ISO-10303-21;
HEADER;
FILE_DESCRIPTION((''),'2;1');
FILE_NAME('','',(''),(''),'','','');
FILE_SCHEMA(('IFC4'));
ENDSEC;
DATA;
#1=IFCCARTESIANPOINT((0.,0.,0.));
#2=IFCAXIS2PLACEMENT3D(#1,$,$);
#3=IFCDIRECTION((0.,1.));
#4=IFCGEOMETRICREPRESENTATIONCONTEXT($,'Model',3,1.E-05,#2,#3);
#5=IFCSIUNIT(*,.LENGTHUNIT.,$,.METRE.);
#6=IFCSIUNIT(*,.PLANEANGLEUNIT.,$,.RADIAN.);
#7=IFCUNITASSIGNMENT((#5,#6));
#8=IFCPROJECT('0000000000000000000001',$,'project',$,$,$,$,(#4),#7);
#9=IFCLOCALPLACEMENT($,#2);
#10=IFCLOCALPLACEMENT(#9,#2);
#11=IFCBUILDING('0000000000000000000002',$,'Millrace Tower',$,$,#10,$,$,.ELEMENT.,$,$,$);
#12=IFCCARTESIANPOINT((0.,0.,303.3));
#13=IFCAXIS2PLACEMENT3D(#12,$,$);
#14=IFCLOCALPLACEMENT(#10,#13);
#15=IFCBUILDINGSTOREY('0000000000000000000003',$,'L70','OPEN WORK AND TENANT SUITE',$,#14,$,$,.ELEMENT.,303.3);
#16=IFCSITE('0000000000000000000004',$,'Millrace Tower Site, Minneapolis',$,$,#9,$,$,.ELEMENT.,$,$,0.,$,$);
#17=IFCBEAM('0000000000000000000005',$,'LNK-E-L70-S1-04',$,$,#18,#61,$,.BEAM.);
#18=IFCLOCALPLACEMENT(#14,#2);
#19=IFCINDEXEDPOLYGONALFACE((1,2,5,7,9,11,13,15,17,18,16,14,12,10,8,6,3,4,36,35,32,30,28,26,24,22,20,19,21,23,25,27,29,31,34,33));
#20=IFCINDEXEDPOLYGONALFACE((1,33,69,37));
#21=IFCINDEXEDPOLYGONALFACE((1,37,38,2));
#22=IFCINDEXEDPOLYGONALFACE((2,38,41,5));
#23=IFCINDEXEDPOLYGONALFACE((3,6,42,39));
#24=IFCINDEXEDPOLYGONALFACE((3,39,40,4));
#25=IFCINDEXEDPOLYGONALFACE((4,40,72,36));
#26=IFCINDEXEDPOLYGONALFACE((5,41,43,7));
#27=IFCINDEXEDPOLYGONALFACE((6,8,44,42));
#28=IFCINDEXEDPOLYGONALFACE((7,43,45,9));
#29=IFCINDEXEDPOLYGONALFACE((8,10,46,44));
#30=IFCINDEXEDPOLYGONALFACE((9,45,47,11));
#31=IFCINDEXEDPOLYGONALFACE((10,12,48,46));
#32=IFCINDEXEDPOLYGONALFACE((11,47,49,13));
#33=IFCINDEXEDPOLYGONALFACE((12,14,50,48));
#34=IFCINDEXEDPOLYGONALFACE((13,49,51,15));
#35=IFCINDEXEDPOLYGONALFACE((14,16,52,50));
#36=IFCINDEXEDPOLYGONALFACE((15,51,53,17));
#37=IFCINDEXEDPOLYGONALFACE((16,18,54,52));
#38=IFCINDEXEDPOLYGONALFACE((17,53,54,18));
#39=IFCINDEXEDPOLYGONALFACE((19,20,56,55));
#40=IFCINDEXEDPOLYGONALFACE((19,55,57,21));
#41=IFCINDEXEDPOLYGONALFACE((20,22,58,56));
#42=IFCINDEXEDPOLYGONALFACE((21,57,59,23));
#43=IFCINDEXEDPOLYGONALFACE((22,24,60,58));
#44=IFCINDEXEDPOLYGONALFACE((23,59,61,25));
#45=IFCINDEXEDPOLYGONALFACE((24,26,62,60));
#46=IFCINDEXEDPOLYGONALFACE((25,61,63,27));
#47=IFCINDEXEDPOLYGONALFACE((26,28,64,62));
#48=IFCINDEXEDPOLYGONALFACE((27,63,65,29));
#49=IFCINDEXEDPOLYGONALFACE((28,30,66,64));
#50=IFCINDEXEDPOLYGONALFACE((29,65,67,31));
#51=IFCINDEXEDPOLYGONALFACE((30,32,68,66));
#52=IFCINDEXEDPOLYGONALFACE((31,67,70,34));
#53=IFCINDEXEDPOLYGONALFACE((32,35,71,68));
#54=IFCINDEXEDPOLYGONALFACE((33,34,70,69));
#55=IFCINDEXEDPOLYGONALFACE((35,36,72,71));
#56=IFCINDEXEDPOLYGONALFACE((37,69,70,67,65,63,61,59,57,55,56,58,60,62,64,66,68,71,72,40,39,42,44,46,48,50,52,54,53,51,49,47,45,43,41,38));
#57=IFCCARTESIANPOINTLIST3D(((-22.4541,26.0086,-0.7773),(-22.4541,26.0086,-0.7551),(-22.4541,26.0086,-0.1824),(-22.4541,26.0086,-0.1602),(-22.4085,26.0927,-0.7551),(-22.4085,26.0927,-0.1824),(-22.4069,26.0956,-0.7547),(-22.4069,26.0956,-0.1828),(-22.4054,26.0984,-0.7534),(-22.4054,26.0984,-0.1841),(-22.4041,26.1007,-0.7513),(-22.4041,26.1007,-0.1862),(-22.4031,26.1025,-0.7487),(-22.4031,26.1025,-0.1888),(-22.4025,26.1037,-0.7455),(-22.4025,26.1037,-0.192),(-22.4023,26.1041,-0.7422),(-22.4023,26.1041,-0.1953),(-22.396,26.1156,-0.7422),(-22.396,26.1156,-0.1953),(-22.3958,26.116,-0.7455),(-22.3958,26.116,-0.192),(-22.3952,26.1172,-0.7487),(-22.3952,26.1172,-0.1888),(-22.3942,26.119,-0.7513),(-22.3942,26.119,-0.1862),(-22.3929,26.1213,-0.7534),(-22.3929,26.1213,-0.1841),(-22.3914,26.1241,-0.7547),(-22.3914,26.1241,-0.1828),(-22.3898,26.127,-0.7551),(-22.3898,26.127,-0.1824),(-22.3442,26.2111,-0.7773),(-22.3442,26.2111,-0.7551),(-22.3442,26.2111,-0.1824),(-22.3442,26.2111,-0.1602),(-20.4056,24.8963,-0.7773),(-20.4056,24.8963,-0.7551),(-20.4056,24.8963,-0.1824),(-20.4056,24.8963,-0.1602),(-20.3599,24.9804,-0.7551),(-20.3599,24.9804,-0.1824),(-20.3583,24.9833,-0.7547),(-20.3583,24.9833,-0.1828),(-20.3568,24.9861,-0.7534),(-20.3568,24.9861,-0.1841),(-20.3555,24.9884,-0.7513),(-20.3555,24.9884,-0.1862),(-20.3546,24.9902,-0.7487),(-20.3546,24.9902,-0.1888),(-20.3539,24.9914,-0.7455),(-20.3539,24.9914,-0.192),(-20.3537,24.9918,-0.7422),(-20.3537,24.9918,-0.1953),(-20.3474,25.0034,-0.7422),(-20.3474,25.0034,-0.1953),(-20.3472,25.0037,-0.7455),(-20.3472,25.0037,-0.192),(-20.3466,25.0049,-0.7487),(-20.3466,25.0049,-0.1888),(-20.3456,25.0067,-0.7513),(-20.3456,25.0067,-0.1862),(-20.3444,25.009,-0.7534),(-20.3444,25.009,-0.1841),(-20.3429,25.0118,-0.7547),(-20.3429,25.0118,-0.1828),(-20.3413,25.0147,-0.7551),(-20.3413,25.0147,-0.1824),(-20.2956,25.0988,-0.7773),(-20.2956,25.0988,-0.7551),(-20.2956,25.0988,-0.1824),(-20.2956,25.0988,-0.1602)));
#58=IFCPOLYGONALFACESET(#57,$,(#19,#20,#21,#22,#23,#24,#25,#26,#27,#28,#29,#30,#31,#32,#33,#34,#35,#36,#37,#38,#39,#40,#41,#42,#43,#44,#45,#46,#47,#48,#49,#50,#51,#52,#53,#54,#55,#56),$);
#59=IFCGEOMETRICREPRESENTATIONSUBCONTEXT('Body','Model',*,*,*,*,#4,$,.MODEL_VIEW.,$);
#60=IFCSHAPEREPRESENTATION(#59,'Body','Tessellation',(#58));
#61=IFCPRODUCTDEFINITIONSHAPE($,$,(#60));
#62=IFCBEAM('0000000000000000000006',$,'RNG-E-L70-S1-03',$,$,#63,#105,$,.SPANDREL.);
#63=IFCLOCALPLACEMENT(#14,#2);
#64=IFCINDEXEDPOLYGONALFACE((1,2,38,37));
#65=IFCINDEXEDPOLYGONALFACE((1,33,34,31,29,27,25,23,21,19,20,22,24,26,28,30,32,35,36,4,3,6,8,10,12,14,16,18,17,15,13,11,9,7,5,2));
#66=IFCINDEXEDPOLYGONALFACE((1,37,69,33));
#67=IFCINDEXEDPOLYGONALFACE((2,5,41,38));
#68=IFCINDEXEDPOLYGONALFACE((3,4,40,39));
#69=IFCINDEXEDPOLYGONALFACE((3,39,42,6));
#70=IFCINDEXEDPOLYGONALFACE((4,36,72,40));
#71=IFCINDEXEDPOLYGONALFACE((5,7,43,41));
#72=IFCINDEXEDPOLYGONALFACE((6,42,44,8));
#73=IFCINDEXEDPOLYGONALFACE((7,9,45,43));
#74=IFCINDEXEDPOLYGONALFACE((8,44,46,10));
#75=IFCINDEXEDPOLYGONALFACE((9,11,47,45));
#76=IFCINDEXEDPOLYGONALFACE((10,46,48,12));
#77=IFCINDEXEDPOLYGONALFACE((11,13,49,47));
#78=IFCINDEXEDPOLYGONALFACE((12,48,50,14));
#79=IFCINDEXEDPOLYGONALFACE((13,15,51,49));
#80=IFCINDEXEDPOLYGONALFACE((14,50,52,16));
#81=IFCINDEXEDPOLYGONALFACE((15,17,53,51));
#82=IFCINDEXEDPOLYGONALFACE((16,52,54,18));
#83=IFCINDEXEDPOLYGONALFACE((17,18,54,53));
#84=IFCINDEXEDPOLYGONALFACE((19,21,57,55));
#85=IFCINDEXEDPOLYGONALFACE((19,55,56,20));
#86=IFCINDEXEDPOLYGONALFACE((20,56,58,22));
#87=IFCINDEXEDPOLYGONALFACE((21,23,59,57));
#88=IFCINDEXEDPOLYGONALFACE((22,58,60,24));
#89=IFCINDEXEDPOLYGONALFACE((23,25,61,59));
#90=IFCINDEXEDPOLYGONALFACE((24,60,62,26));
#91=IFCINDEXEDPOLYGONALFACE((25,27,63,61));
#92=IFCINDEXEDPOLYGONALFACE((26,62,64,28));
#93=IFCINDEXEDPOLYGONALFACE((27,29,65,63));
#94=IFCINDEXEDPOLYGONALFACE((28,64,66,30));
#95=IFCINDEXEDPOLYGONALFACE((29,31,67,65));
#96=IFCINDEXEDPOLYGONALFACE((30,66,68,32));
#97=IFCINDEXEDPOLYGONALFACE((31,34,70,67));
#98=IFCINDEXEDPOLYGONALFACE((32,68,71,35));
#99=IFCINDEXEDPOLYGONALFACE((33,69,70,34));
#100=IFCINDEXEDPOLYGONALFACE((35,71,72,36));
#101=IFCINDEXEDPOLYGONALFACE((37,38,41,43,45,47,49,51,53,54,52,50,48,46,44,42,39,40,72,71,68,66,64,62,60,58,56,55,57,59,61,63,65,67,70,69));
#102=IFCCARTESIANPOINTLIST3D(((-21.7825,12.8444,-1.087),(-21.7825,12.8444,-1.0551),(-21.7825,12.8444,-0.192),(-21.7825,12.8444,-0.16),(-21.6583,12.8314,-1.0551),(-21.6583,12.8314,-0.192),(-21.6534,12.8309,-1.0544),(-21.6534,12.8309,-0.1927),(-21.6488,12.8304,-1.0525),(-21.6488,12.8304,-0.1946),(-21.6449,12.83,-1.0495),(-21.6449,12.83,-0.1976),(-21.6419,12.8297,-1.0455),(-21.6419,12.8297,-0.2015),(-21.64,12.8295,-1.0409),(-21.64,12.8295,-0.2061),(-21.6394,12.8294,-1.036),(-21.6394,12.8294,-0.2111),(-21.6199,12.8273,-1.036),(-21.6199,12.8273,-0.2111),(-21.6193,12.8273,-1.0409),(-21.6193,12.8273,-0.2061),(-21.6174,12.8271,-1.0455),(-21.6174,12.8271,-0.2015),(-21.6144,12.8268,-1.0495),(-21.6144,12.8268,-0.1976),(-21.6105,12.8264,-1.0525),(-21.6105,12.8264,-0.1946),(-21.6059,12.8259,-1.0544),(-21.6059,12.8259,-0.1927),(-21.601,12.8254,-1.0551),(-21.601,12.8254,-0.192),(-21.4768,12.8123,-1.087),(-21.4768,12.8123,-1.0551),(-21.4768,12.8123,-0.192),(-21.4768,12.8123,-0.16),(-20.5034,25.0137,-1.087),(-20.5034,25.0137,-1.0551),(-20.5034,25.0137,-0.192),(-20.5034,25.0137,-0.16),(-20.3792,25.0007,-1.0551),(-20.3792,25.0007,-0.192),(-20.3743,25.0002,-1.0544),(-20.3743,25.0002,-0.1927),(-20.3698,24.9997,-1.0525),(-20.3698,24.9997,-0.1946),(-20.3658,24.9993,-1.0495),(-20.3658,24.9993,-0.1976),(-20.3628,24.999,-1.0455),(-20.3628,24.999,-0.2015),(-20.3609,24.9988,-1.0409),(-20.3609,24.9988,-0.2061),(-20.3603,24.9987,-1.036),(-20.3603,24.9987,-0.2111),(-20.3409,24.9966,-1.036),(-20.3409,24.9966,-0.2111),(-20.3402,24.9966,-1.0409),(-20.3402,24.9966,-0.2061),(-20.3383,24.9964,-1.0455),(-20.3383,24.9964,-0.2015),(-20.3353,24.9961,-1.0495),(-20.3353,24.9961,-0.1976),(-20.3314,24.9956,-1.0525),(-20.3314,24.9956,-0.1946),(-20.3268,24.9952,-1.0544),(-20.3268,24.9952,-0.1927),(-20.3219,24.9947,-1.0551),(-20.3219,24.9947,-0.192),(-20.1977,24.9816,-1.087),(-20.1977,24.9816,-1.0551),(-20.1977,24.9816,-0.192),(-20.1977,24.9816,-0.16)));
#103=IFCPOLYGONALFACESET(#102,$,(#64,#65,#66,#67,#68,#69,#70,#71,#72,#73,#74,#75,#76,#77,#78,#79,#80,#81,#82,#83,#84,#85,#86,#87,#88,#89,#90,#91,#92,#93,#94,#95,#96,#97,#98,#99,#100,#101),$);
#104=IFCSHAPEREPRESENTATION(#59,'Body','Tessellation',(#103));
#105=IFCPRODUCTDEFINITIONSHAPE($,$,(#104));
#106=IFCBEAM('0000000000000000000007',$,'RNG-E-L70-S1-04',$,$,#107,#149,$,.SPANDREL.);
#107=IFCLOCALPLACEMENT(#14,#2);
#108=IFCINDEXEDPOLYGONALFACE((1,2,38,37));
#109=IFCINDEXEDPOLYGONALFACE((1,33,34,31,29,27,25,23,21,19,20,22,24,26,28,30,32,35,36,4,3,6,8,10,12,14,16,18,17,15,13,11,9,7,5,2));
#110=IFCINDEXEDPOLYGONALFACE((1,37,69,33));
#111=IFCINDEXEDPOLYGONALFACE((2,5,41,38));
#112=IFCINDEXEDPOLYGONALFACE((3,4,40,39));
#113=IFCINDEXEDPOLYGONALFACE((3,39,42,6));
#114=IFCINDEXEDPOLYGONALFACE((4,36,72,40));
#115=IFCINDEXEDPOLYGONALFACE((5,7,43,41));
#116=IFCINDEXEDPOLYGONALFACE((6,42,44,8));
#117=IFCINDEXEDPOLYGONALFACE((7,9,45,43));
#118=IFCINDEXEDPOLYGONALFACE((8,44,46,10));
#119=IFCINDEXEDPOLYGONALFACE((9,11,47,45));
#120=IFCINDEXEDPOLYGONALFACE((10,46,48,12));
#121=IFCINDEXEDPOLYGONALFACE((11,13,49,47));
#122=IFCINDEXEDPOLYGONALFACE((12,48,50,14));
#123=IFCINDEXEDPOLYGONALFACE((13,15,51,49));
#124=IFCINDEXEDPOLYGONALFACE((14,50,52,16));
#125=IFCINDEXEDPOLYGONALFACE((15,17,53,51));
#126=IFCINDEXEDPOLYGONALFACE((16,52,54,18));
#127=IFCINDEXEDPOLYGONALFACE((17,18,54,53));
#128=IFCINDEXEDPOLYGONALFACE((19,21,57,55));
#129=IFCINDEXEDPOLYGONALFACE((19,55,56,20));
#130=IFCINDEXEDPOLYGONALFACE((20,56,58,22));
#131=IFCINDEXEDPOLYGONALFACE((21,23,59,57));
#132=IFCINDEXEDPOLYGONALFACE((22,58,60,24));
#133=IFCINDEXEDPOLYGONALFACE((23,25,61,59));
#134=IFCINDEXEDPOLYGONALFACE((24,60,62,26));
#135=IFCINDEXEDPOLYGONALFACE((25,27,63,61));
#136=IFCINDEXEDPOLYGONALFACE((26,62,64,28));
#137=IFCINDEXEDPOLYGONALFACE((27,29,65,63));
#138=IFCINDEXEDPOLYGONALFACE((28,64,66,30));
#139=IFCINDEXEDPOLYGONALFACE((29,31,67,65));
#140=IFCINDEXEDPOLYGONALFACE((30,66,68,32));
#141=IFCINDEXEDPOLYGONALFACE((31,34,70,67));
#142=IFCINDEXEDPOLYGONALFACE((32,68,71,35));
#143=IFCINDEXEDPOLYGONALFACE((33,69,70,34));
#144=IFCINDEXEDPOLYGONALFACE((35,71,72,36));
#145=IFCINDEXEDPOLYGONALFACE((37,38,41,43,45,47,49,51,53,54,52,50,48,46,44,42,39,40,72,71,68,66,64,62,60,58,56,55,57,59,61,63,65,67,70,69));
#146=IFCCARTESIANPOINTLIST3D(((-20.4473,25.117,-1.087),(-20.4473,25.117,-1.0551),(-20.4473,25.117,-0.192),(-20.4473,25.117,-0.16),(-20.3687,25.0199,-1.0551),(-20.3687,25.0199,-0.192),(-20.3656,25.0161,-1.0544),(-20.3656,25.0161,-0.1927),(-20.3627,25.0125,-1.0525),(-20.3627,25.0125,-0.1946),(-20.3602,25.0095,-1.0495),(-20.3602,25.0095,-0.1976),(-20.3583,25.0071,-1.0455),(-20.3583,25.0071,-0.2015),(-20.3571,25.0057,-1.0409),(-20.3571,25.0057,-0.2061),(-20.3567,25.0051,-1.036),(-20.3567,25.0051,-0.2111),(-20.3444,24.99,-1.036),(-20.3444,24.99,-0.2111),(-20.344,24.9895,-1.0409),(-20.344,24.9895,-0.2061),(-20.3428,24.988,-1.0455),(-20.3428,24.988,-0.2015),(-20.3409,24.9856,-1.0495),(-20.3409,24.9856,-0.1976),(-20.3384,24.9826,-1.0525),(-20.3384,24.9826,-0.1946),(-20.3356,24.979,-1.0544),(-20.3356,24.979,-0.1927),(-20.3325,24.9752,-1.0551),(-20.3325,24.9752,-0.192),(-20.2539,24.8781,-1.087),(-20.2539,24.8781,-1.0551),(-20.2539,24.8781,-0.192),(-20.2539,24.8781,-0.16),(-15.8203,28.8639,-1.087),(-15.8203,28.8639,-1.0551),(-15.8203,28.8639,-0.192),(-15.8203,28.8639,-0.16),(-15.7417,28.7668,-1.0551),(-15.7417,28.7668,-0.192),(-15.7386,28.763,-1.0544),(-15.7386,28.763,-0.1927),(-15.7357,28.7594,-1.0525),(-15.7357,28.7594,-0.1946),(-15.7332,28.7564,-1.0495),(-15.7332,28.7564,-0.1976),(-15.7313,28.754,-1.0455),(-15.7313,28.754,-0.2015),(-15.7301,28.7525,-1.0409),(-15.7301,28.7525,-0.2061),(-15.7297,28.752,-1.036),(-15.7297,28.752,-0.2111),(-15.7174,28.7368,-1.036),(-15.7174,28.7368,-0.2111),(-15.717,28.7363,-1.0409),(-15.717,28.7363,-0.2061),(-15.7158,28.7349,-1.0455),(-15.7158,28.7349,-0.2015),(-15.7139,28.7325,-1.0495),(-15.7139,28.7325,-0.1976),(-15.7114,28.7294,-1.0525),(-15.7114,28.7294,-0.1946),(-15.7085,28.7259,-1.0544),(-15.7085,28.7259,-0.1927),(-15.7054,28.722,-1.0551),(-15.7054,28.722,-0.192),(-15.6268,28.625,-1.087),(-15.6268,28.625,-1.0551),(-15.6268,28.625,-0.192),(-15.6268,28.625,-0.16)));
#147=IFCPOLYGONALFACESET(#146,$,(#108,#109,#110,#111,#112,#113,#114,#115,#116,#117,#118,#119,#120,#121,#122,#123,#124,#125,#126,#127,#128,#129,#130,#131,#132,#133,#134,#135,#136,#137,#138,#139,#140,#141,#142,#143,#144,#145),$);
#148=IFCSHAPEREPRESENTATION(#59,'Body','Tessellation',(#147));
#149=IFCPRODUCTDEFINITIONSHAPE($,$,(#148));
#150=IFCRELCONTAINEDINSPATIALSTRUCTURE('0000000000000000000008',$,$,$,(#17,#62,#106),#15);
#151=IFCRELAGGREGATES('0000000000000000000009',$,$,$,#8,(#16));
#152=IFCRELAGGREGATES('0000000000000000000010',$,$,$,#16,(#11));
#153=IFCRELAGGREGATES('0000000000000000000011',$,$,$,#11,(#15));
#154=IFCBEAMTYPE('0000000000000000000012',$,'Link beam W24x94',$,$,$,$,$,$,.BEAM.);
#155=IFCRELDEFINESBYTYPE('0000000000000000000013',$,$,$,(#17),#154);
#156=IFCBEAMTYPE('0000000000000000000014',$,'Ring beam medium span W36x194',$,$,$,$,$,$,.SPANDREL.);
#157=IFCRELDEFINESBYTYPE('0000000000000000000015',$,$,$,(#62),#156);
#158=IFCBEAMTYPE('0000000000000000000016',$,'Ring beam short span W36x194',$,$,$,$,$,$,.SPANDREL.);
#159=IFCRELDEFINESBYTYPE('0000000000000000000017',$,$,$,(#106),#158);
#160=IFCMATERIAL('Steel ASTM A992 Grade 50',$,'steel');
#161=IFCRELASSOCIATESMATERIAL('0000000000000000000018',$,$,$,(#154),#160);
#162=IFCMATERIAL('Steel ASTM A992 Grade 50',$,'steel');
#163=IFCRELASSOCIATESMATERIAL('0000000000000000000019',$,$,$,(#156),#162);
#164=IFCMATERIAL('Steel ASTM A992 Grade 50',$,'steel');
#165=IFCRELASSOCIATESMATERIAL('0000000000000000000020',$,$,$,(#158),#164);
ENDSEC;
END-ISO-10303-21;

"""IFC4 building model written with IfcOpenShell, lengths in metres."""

from ifc_helpers import new_model, si_unit, direction, frame, origin, origin_2d, place, context, subcontext, project, spatial, i_section, extrude, material, material_profile, profile_set, type_object, element, save


model = new_model("IFC4")

# Units and contexts
model_context = context("Model", 3, precision=1e-05, world=origin(), true_north=direction((0.0, 1.0)))
body_context = subcontext(model_context, "Body", "Model", "MODEL_VIEW")
ifc_project = project(units=[si_unit("LENGTHUNIT", "METRE"), si_unit("PLANEANGLEUNIT", "RADIAN")], contexts=[model_context])

# Site, building, storey
site_placement = place(None, origin())
site = spatial("IfcSite", under=ifc_project, at=site_placement, Name="Millrace Tower Site, Minneapolis", CompositionType="ELEMENT", RefElevation=0.0)
building_placement = place(site_placement, origin())
building = spatial("IfcBuilding", under=site, at=building_placement, Name="Millrace Tower", CompositionType="ELEMENT")
storey_placement = place(building_placement, frame((0.0, 0.0, 303.3)))
storey = spatial("IfcBuildingStorey", under=building, at=storey_placement, Name="L70", Description="OPEN WORK AND TENANT SUITE", CompositionType="ELEMENT", Elevation=303.3)

# Beams
ifc_material_1 = material(Name="Steel ASTM A992 Grade 50", Category="steel")
ifc_material_profile_1 = material_profile(ifc_material_1, i_section(OverallWidth=0.2305, OverallDepth=0.6172, WebThickness=0.0132, FlangeThickness=0.0222, FilletRadius=0.0129, at=origin_2d()))
ifc_profile_set_1 = profile_set([ifc_material_profile_1], Name="Steel ASTM A992 Grade 50")
beam_type_1 = type_object("IfcBeamType", Name="Link beam W24x94", PredefinedType="BEAM", material=ifc_profile_set_1)
beam_1_placement = place(storey_placement, frame((-20.3506, 24.9976, -0.4688), z_axis=(-0.878815, 0.477164, 0.0), x_axis=(-0.477164, -0.878815, 0.0)))
element("IfcBeam", 1, at=beam_1_placement, inside=storey, type_object=beam_type_1, Name="LNK-E-L70-S1-04", PredefinedType="BEAM", context=body_context, shape_type="SweptSolid", body=[
    extrude(i_section(OverallWidth=0.2305, OverallDepth=0.6172, WebThickness=0.0132, FlangeThickness=0.0222, FilletRadius=0.0129, at=origin_2d()), origin(), (0.0, 0.0, 1.0), 2.3311),
])
ifc_material_2 = material(Name="Steel ASTM A992 Grade 50", Category="steel")
ifc_material_profile_2 = material_profile(ifc_material_2, i_section(OverallWidth=0.3074, OverallDepth=0.927, WebThickness=0.0195, FlangeThickness=0.032, FilletRadius=0.019, at=origin_2d()))
ifc_profile_set_2 = profile_set([ifc_material_profile_2], Name="Steel ASTM A992 Grade 50")
beam_type_2 = type_object("IfcBeamType", Name="Ring beam medium span W36x194", PredefinedType="SPANDREL", material=ifc_profile_set_2)
beam_2_placement = place(storey_placement, frame((-21.6296, 12.8284, -0.6235), z_axis=(0.10453, 0.994522, 0.0), x_axis=(-0.994522, 0.10453, 0.0)))
element("IfcBeam", 2, at=beam_2_placement, inside=storey, type_object=beam_type_2, Name="RNG-E-L70-S1-03", PredefinedType="SPANDREL", context=body_context, shape_type="SweptSolid", body=[
    extrude(i_section(OverallWidth=0.3074, OverallDepth=0.927, WebThickness=0.0195, FlangeThickness=0.032, FilletRadius=0.019, at=origin_2d()), origin(), (0.0, 0.0, 1.0), 12.2363),
])
ifc_material_3 = material(Name="Steel ASTM A992 Grade 50", Category="steel")
ifc_material_profile_3 = material_profile(ifc_material_3, i_section(OverallWidth=0.3074, OverallDepth=0.927, WebThickness=0.0195, FlangeThickness=0.032, FilletRadius=0.019, at=origin_2d()))
ifc_profile_set_3 = profile_set([ifc_material_profile_3], Name="Steel ASTM A992 Grade 50")
beam_type_3 = type_object("IfcBeamType", Name="Ring beam short span W36x194", PredefinedType="SPANDREL", material=ifc_profile_set_3)
beam_3_placement = place(storey_placement, frame((-20.3506, 24.9976, -0.6235), z_axis=(0.777147, 0.62932, 0.0), x_axis=(-0.62932, 0.777147, 0.0)))
element("IfcBeam", 3, at=beam_3_placement, inside=storey, type_object=beam_type_3, Name="RNG-E-L70-S1-04", PredefinedType="SPANDREL", context=body_context, shape_type="SweptSolid", body=[
    extrude(i_section(OverallWidth=0.3074, OverallDepth=0.927, WebThickness=0.0195, FlangeThickness=0.032, FilletRadius=0.019, at=origin_2d()), origin(), (0.0, 0.0, 1.0), 5.9539),
])

save(model, "model.ifc")
